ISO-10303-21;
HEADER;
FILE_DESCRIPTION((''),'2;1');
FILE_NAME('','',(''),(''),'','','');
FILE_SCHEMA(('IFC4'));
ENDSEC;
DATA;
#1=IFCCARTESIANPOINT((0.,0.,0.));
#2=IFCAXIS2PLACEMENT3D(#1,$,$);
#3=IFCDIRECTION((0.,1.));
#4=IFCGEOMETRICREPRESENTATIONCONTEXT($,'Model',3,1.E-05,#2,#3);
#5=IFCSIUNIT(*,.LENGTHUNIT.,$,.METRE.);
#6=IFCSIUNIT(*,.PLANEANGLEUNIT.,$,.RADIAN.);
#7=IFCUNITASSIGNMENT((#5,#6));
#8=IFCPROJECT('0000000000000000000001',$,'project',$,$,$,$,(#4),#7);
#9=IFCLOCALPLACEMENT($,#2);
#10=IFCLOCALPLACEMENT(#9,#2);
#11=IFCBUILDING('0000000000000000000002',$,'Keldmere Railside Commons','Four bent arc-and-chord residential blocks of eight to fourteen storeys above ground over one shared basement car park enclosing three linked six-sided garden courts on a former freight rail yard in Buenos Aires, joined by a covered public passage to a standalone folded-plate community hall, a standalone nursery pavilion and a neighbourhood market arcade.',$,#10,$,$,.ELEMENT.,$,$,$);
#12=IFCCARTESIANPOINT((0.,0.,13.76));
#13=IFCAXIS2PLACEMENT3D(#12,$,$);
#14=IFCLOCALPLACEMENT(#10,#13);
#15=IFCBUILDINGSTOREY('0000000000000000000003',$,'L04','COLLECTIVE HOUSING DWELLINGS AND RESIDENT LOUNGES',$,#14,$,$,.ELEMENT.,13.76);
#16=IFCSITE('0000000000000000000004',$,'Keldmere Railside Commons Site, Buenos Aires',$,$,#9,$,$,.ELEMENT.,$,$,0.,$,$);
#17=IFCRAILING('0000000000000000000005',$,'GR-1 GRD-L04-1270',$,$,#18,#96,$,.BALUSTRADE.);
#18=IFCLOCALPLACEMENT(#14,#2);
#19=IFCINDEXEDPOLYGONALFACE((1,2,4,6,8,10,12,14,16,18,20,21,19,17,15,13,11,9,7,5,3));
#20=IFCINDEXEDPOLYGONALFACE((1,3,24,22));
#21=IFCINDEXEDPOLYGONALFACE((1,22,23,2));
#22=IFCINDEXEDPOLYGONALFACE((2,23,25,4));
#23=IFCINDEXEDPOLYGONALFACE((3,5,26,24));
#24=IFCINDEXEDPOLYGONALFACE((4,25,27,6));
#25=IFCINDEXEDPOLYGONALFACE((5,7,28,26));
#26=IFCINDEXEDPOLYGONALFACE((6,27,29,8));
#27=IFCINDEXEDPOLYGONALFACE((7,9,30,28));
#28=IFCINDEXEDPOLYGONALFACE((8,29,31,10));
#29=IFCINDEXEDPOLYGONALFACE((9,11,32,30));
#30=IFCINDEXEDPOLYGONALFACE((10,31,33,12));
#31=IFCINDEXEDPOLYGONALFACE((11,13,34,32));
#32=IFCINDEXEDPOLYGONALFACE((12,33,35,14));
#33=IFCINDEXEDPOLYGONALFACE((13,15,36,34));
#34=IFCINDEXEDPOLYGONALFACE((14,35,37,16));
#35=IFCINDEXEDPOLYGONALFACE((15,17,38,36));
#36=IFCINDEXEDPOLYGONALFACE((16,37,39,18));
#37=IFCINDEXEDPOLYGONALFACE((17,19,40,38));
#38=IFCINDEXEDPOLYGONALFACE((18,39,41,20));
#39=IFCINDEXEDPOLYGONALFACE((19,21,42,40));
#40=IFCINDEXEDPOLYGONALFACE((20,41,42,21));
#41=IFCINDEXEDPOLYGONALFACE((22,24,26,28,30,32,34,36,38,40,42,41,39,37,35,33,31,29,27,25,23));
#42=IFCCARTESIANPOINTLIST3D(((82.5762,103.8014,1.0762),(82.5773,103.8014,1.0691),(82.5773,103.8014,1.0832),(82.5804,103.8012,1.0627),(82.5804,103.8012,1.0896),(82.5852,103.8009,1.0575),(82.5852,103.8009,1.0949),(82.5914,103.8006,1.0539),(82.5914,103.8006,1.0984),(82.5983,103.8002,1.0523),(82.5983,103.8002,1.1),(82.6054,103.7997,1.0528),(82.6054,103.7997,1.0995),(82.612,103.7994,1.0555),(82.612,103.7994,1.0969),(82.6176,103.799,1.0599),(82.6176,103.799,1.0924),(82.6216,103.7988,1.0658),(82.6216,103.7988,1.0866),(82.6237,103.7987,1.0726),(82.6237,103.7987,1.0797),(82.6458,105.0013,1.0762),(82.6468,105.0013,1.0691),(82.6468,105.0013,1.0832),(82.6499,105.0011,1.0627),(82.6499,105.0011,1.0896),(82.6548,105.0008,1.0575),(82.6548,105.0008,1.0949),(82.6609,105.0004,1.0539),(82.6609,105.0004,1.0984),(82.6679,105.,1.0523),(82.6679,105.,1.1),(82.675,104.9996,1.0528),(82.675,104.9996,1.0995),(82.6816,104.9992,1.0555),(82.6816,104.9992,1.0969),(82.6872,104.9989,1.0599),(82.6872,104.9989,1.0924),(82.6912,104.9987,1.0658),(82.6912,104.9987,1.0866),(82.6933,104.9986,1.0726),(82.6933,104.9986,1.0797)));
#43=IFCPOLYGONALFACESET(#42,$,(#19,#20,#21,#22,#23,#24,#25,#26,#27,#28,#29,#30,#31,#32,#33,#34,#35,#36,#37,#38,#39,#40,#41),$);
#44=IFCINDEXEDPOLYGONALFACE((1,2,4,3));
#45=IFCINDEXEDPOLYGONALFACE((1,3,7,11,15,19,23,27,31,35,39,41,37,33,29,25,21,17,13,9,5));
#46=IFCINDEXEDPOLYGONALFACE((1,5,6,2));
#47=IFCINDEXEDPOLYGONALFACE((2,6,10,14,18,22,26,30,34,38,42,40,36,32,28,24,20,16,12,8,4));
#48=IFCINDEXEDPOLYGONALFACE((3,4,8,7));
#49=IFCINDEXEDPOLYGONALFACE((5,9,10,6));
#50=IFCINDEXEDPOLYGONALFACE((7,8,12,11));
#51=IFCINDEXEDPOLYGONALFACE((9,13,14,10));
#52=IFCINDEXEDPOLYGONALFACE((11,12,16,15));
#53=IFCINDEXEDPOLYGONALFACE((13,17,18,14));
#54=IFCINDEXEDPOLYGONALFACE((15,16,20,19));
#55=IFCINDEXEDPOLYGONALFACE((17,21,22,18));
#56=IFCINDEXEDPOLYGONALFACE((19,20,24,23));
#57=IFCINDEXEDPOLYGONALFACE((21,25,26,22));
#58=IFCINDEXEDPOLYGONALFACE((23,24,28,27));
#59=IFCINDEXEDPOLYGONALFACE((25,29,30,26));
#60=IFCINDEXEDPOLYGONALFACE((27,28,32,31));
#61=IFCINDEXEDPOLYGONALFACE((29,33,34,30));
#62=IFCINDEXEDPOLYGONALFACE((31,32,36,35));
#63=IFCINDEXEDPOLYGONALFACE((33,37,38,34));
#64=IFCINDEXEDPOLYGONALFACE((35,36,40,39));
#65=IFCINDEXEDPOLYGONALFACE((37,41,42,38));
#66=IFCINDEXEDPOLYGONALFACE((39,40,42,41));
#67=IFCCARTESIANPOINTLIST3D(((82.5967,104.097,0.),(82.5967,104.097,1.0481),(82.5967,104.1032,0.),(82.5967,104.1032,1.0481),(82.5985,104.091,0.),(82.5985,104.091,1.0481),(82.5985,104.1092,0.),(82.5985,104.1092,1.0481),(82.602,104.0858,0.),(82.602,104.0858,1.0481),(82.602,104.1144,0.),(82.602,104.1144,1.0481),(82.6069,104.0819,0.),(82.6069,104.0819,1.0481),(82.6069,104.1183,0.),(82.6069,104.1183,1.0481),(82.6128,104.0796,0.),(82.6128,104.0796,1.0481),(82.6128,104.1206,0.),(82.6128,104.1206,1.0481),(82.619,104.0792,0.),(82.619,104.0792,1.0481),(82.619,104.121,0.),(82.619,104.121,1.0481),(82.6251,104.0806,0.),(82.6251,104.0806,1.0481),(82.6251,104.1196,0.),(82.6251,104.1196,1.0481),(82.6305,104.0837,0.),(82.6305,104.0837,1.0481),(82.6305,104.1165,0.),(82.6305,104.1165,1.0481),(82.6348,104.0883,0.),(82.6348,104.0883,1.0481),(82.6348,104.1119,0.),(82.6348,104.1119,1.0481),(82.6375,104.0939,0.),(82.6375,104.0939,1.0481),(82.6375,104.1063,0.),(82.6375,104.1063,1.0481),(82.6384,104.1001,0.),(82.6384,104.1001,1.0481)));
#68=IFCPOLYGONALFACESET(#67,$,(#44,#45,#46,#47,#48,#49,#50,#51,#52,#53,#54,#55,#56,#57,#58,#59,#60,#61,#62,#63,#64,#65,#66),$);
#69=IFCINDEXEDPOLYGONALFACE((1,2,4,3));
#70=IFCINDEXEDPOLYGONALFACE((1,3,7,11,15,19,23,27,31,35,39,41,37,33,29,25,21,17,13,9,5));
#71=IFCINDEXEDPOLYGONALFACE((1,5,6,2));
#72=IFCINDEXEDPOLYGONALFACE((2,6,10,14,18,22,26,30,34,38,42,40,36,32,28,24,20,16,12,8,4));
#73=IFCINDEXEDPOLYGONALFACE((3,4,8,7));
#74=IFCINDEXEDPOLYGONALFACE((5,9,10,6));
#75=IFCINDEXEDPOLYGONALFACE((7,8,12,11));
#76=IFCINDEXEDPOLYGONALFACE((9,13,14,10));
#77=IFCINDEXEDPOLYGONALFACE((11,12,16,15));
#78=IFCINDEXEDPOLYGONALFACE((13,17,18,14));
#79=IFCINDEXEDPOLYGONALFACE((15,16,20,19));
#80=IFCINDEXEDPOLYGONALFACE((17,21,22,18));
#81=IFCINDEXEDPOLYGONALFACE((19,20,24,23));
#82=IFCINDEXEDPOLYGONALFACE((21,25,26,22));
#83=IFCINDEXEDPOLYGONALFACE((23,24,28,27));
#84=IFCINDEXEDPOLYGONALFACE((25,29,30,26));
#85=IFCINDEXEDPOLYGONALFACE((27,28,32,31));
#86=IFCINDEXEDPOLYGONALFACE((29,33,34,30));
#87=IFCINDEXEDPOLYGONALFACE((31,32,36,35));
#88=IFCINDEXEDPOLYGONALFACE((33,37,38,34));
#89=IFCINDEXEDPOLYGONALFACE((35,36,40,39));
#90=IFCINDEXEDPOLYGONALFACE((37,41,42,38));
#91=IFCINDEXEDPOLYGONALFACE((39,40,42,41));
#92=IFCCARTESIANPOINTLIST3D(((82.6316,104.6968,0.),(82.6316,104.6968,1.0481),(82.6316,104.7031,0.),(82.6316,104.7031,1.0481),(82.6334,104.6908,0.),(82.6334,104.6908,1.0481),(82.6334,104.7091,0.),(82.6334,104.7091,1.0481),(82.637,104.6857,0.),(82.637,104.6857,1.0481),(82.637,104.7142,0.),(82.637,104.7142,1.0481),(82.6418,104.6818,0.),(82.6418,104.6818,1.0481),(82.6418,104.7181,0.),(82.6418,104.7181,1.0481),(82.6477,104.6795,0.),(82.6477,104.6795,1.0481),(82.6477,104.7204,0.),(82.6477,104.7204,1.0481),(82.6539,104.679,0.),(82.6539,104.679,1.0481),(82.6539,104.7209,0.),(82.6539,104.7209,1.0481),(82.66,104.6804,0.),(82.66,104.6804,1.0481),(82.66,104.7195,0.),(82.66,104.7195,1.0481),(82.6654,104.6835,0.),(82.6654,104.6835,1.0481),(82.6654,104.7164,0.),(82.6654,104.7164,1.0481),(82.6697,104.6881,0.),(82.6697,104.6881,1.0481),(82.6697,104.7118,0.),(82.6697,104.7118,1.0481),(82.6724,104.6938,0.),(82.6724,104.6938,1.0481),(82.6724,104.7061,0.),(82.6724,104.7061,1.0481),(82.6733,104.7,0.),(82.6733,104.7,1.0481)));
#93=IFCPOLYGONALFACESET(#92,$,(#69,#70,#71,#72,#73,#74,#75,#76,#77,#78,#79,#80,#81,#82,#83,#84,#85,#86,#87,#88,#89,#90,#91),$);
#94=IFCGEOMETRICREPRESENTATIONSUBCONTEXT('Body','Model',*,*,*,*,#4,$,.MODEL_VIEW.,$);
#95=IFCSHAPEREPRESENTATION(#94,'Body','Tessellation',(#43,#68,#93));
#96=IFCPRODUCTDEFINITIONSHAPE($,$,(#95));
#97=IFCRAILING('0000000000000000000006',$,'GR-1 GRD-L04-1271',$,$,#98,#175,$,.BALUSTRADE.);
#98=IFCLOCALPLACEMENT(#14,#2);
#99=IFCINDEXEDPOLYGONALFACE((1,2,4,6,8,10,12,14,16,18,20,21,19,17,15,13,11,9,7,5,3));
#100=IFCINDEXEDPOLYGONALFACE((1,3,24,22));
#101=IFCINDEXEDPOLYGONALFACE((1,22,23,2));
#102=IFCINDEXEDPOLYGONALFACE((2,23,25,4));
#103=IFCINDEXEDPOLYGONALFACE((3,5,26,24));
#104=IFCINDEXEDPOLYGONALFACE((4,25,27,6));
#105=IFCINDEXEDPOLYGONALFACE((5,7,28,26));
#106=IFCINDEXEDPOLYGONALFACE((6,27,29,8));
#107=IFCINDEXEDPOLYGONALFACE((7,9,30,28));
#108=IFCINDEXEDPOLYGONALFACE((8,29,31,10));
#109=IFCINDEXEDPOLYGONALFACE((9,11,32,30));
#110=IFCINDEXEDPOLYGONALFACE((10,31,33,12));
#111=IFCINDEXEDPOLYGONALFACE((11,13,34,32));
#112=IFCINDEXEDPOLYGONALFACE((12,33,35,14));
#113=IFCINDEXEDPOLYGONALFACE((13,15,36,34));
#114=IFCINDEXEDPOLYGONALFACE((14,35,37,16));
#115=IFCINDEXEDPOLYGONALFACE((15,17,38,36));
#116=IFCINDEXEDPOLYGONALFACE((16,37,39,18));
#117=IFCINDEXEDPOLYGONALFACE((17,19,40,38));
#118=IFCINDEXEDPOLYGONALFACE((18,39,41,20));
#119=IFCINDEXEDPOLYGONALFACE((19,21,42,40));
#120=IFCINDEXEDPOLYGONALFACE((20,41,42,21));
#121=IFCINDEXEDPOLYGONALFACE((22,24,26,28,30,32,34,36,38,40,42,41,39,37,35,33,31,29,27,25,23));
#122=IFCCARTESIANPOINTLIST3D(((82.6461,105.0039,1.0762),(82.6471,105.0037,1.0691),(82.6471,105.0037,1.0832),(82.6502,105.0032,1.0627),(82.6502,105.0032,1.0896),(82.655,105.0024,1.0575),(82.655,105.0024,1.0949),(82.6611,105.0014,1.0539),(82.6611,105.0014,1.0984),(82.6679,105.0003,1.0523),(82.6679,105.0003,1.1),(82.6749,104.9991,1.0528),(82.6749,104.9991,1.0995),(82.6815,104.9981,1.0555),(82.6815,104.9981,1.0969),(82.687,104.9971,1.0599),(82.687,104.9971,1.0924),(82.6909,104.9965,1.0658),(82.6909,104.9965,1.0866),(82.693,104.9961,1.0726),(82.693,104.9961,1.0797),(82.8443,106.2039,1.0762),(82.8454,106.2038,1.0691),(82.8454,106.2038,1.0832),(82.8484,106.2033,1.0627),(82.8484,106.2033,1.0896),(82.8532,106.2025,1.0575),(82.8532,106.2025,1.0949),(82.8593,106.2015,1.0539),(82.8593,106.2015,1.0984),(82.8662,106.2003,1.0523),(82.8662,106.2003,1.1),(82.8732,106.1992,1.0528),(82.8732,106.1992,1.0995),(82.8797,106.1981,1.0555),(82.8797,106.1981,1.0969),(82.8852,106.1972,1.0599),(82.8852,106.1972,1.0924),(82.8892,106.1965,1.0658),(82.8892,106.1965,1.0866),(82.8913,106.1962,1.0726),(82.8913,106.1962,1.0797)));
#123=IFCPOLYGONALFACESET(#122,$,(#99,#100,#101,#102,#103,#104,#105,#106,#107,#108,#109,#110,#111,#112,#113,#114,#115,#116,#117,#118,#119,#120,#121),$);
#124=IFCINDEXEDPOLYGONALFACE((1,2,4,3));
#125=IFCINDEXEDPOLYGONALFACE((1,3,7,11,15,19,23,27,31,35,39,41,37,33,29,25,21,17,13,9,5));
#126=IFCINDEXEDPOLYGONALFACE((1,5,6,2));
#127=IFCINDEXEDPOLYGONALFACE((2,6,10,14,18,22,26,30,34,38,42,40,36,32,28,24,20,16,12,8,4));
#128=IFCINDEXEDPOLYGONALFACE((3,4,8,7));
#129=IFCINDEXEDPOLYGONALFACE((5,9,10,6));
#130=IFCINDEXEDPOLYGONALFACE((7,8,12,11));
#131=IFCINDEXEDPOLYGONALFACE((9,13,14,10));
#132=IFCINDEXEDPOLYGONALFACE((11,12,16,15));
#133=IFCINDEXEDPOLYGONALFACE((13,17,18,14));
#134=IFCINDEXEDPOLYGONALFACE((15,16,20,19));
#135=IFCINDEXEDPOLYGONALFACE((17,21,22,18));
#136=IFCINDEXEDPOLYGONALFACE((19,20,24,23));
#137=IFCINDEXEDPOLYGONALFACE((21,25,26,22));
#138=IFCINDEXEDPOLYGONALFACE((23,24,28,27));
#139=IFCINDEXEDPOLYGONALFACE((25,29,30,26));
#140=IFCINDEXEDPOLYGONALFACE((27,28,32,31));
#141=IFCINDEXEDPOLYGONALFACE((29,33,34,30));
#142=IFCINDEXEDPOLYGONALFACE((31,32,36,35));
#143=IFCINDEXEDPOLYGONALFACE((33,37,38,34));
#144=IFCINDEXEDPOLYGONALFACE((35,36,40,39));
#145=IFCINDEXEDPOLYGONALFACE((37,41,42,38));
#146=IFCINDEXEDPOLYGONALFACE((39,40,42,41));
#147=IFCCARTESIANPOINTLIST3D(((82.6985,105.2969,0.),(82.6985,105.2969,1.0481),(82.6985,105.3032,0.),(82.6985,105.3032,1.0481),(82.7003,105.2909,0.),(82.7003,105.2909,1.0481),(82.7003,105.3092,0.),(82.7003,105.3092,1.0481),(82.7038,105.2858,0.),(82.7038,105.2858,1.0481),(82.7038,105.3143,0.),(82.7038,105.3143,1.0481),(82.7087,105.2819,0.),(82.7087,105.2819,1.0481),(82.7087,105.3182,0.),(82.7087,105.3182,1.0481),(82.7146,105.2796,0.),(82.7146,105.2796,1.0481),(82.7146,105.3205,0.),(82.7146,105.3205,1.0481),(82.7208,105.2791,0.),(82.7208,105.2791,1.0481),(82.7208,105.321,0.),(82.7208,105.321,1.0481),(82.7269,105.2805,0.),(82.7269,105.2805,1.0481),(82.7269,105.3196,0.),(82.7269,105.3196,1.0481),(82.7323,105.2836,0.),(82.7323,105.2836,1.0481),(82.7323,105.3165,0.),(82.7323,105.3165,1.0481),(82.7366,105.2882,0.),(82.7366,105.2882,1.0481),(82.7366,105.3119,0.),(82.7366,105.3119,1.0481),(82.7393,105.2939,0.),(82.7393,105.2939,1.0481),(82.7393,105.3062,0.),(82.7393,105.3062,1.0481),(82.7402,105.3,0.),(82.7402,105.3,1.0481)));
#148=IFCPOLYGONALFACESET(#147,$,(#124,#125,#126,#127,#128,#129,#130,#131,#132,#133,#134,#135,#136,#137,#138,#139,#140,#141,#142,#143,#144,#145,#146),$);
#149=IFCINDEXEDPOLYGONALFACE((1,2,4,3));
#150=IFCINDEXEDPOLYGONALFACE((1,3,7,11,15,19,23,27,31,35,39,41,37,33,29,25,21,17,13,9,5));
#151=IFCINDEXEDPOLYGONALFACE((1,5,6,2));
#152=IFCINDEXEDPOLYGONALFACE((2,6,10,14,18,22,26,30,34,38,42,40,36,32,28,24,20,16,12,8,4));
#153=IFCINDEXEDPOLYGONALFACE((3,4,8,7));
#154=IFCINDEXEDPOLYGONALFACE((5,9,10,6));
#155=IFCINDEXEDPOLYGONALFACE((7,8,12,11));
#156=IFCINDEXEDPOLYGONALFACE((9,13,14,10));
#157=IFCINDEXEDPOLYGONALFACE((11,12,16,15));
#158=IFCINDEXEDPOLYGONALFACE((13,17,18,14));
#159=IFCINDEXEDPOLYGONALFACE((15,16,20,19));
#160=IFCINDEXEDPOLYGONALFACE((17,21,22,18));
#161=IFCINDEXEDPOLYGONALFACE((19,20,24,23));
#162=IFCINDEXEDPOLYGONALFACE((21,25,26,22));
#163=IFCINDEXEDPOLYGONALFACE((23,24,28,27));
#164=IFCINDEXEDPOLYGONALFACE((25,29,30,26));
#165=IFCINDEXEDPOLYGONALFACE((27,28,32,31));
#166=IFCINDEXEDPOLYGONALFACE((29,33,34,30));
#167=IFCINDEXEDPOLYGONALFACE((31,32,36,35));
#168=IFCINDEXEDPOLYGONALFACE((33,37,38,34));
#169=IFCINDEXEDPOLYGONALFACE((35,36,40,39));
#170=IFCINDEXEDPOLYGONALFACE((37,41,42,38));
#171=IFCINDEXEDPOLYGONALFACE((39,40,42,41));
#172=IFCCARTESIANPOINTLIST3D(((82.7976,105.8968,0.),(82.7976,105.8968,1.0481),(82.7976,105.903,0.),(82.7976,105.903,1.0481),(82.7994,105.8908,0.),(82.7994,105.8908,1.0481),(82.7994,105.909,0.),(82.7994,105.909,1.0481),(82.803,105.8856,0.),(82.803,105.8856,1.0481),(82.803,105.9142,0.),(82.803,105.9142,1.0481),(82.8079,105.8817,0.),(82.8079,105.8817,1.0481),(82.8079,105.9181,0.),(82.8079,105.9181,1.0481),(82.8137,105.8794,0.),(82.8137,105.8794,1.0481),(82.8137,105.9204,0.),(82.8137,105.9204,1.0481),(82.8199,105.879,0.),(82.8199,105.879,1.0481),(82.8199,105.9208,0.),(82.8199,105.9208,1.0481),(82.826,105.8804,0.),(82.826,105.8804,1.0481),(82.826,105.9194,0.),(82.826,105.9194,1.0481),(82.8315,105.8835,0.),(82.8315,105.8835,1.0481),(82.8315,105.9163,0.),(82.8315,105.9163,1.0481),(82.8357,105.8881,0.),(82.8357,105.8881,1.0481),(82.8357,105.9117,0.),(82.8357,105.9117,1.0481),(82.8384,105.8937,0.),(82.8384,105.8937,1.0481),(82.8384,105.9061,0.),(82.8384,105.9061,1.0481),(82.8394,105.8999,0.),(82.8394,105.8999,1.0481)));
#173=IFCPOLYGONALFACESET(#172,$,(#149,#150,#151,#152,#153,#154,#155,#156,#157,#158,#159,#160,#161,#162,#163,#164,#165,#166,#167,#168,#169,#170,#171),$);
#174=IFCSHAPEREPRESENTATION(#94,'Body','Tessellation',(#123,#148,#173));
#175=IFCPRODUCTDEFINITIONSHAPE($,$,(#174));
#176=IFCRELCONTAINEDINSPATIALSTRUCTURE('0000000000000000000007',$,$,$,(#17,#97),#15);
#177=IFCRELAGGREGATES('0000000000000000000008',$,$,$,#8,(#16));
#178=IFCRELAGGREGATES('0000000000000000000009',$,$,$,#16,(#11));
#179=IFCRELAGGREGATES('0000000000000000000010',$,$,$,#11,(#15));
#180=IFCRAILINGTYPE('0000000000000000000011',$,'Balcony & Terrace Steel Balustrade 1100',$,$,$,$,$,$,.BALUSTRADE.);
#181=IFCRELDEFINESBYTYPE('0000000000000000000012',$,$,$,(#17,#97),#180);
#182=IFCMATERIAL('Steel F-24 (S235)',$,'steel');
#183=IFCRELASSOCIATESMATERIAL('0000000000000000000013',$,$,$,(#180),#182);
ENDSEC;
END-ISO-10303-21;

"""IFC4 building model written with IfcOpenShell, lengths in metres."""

from ifc_helpers import new_model, si_unit, direction, frame, origin, origin_2d, place, context, subcontext, project, spatial, circle, extrude, material, type_object, element, save


model = new_model("IFC4")

# Units and contexts
model_context = context("Model", 3, precision=1e-05, world=origin(), true_north=direction((0.0, 1.0)))
body_context = subcontext(model_context, "Body", "Model", "MODEL_VIEW")
ifc_project = project(units=[si_unit("LENGTHUNIT", "METRE"), si_unit("PLANEANGLEUNIT", "RADIAN")], contexts=[model_context])

# Site, building, storey
site_placement = place(None, origin())
site = spatial("IfcSite", under=ifc_project, at=site_placement, Name="Keldmere Railside Commons Site, Buenos Aires", CompositionType="ELEMENT", RefElevation=0.0)
building_placement = place(site_placement, origin())
building = spatial("IfcBuilding", under=site, at=building_placement, Name="Keldmere Railside Commons", Description="Four bent arc-and-chord residential blocks of eight to fourteen storeys above ground over one shared basement car park enclosing three linked six-sided garden courts on a former freight rail yard in Buenos Aires, joined by a covered public passage to a standalone folded-plate community hall, a standalone nursery pavilion and a neighbourhood market arcade.", CompositionType="ELEMENT")
storey_placement = place(building_placement, frame((0.0, 0.0, 13.76)))
storey = spatial("IfcBuildingStorey", under=building, at=storey_placement, Name="L04", Description="COLLECTIVE HOUSING DWELLINGS AND RESIDENT LOUNGES", CompositionType="ELEMENT", Elevation=13.76)

# Railings
ifc_material = material(Name="Steel F-24 (S235)", Category="steel")
railing_type = type_object("IfcRailingType", Name="Balcony & Terrace Steel Balustrade 1100", PredefinedType="BALUSTRADE", material=ifc_material)
railing_1_placement = place(storey_placement, frame((82.6001, 103.8, 0.0)))
element("IfcRailing", 1, at=railing_1_placement, inside=storey, type_object=railing_type, Name="GR-1 GRD-L04-1270", PredefinedType="BALUSTRADE", context=body_context, shape_type="SweptSolid", body=[
    extrude(circle(Radius=0.0239, at=origin_2d()), frame((0.0, 0.0, 1.0762), z_axis=(0.057889, 0.998323, 0.0), x_axis=(-0.998323, 0.057889, 0.0)), (0.0, 0.0, 1.0), 1.2019),
    extrude(circle(Radius=0.021, at=origin_2d()), frame((0.0173, 0.3, 0.0)), (0.0, 0.0, 1.0), 1.0481),
    extrude(circle(Radius=0.021, at=origin_2d()), frame((0.0522, 0.8999, 0.0)), (0.0, 0.0, 1.0), 1.0481),
])
railing_2_placement = place(storey_placement, frame((82.6697, 105.0, 0.0)))
element("IfcRailing", 2, at=railing_2_placement, inside=storey, type_object=railing_type, Name="GR-1 GRD-L04-1271", PredefinedType="BALUSTRADE", context=body_context, shape_type="SweptSolid", body=[
    extrude(circle(Radius=0.0239, at=origin_2d()), frame((0.0, 0.0, 1.0762), z_axis=(0.162999, 0.986626, 0.0), x_axis=(-0.986626, 0.162999, 0.0)), (0.0, 0.0, 1.0), 1.2163),
    extrude(circle(Radius=0.021, at=origin_2d()), frame((0.0496, 0.3, 0.0)), (0.0, 0.0, 1.0), 1.0481),
    extrude(circle(Radius=0.021, at=origin_2d()), frame((0.1487, 0.8999, 0.0)), (0.0, 0.0, 1.0), 1.0481),
])

save(model, "model.ifc")
